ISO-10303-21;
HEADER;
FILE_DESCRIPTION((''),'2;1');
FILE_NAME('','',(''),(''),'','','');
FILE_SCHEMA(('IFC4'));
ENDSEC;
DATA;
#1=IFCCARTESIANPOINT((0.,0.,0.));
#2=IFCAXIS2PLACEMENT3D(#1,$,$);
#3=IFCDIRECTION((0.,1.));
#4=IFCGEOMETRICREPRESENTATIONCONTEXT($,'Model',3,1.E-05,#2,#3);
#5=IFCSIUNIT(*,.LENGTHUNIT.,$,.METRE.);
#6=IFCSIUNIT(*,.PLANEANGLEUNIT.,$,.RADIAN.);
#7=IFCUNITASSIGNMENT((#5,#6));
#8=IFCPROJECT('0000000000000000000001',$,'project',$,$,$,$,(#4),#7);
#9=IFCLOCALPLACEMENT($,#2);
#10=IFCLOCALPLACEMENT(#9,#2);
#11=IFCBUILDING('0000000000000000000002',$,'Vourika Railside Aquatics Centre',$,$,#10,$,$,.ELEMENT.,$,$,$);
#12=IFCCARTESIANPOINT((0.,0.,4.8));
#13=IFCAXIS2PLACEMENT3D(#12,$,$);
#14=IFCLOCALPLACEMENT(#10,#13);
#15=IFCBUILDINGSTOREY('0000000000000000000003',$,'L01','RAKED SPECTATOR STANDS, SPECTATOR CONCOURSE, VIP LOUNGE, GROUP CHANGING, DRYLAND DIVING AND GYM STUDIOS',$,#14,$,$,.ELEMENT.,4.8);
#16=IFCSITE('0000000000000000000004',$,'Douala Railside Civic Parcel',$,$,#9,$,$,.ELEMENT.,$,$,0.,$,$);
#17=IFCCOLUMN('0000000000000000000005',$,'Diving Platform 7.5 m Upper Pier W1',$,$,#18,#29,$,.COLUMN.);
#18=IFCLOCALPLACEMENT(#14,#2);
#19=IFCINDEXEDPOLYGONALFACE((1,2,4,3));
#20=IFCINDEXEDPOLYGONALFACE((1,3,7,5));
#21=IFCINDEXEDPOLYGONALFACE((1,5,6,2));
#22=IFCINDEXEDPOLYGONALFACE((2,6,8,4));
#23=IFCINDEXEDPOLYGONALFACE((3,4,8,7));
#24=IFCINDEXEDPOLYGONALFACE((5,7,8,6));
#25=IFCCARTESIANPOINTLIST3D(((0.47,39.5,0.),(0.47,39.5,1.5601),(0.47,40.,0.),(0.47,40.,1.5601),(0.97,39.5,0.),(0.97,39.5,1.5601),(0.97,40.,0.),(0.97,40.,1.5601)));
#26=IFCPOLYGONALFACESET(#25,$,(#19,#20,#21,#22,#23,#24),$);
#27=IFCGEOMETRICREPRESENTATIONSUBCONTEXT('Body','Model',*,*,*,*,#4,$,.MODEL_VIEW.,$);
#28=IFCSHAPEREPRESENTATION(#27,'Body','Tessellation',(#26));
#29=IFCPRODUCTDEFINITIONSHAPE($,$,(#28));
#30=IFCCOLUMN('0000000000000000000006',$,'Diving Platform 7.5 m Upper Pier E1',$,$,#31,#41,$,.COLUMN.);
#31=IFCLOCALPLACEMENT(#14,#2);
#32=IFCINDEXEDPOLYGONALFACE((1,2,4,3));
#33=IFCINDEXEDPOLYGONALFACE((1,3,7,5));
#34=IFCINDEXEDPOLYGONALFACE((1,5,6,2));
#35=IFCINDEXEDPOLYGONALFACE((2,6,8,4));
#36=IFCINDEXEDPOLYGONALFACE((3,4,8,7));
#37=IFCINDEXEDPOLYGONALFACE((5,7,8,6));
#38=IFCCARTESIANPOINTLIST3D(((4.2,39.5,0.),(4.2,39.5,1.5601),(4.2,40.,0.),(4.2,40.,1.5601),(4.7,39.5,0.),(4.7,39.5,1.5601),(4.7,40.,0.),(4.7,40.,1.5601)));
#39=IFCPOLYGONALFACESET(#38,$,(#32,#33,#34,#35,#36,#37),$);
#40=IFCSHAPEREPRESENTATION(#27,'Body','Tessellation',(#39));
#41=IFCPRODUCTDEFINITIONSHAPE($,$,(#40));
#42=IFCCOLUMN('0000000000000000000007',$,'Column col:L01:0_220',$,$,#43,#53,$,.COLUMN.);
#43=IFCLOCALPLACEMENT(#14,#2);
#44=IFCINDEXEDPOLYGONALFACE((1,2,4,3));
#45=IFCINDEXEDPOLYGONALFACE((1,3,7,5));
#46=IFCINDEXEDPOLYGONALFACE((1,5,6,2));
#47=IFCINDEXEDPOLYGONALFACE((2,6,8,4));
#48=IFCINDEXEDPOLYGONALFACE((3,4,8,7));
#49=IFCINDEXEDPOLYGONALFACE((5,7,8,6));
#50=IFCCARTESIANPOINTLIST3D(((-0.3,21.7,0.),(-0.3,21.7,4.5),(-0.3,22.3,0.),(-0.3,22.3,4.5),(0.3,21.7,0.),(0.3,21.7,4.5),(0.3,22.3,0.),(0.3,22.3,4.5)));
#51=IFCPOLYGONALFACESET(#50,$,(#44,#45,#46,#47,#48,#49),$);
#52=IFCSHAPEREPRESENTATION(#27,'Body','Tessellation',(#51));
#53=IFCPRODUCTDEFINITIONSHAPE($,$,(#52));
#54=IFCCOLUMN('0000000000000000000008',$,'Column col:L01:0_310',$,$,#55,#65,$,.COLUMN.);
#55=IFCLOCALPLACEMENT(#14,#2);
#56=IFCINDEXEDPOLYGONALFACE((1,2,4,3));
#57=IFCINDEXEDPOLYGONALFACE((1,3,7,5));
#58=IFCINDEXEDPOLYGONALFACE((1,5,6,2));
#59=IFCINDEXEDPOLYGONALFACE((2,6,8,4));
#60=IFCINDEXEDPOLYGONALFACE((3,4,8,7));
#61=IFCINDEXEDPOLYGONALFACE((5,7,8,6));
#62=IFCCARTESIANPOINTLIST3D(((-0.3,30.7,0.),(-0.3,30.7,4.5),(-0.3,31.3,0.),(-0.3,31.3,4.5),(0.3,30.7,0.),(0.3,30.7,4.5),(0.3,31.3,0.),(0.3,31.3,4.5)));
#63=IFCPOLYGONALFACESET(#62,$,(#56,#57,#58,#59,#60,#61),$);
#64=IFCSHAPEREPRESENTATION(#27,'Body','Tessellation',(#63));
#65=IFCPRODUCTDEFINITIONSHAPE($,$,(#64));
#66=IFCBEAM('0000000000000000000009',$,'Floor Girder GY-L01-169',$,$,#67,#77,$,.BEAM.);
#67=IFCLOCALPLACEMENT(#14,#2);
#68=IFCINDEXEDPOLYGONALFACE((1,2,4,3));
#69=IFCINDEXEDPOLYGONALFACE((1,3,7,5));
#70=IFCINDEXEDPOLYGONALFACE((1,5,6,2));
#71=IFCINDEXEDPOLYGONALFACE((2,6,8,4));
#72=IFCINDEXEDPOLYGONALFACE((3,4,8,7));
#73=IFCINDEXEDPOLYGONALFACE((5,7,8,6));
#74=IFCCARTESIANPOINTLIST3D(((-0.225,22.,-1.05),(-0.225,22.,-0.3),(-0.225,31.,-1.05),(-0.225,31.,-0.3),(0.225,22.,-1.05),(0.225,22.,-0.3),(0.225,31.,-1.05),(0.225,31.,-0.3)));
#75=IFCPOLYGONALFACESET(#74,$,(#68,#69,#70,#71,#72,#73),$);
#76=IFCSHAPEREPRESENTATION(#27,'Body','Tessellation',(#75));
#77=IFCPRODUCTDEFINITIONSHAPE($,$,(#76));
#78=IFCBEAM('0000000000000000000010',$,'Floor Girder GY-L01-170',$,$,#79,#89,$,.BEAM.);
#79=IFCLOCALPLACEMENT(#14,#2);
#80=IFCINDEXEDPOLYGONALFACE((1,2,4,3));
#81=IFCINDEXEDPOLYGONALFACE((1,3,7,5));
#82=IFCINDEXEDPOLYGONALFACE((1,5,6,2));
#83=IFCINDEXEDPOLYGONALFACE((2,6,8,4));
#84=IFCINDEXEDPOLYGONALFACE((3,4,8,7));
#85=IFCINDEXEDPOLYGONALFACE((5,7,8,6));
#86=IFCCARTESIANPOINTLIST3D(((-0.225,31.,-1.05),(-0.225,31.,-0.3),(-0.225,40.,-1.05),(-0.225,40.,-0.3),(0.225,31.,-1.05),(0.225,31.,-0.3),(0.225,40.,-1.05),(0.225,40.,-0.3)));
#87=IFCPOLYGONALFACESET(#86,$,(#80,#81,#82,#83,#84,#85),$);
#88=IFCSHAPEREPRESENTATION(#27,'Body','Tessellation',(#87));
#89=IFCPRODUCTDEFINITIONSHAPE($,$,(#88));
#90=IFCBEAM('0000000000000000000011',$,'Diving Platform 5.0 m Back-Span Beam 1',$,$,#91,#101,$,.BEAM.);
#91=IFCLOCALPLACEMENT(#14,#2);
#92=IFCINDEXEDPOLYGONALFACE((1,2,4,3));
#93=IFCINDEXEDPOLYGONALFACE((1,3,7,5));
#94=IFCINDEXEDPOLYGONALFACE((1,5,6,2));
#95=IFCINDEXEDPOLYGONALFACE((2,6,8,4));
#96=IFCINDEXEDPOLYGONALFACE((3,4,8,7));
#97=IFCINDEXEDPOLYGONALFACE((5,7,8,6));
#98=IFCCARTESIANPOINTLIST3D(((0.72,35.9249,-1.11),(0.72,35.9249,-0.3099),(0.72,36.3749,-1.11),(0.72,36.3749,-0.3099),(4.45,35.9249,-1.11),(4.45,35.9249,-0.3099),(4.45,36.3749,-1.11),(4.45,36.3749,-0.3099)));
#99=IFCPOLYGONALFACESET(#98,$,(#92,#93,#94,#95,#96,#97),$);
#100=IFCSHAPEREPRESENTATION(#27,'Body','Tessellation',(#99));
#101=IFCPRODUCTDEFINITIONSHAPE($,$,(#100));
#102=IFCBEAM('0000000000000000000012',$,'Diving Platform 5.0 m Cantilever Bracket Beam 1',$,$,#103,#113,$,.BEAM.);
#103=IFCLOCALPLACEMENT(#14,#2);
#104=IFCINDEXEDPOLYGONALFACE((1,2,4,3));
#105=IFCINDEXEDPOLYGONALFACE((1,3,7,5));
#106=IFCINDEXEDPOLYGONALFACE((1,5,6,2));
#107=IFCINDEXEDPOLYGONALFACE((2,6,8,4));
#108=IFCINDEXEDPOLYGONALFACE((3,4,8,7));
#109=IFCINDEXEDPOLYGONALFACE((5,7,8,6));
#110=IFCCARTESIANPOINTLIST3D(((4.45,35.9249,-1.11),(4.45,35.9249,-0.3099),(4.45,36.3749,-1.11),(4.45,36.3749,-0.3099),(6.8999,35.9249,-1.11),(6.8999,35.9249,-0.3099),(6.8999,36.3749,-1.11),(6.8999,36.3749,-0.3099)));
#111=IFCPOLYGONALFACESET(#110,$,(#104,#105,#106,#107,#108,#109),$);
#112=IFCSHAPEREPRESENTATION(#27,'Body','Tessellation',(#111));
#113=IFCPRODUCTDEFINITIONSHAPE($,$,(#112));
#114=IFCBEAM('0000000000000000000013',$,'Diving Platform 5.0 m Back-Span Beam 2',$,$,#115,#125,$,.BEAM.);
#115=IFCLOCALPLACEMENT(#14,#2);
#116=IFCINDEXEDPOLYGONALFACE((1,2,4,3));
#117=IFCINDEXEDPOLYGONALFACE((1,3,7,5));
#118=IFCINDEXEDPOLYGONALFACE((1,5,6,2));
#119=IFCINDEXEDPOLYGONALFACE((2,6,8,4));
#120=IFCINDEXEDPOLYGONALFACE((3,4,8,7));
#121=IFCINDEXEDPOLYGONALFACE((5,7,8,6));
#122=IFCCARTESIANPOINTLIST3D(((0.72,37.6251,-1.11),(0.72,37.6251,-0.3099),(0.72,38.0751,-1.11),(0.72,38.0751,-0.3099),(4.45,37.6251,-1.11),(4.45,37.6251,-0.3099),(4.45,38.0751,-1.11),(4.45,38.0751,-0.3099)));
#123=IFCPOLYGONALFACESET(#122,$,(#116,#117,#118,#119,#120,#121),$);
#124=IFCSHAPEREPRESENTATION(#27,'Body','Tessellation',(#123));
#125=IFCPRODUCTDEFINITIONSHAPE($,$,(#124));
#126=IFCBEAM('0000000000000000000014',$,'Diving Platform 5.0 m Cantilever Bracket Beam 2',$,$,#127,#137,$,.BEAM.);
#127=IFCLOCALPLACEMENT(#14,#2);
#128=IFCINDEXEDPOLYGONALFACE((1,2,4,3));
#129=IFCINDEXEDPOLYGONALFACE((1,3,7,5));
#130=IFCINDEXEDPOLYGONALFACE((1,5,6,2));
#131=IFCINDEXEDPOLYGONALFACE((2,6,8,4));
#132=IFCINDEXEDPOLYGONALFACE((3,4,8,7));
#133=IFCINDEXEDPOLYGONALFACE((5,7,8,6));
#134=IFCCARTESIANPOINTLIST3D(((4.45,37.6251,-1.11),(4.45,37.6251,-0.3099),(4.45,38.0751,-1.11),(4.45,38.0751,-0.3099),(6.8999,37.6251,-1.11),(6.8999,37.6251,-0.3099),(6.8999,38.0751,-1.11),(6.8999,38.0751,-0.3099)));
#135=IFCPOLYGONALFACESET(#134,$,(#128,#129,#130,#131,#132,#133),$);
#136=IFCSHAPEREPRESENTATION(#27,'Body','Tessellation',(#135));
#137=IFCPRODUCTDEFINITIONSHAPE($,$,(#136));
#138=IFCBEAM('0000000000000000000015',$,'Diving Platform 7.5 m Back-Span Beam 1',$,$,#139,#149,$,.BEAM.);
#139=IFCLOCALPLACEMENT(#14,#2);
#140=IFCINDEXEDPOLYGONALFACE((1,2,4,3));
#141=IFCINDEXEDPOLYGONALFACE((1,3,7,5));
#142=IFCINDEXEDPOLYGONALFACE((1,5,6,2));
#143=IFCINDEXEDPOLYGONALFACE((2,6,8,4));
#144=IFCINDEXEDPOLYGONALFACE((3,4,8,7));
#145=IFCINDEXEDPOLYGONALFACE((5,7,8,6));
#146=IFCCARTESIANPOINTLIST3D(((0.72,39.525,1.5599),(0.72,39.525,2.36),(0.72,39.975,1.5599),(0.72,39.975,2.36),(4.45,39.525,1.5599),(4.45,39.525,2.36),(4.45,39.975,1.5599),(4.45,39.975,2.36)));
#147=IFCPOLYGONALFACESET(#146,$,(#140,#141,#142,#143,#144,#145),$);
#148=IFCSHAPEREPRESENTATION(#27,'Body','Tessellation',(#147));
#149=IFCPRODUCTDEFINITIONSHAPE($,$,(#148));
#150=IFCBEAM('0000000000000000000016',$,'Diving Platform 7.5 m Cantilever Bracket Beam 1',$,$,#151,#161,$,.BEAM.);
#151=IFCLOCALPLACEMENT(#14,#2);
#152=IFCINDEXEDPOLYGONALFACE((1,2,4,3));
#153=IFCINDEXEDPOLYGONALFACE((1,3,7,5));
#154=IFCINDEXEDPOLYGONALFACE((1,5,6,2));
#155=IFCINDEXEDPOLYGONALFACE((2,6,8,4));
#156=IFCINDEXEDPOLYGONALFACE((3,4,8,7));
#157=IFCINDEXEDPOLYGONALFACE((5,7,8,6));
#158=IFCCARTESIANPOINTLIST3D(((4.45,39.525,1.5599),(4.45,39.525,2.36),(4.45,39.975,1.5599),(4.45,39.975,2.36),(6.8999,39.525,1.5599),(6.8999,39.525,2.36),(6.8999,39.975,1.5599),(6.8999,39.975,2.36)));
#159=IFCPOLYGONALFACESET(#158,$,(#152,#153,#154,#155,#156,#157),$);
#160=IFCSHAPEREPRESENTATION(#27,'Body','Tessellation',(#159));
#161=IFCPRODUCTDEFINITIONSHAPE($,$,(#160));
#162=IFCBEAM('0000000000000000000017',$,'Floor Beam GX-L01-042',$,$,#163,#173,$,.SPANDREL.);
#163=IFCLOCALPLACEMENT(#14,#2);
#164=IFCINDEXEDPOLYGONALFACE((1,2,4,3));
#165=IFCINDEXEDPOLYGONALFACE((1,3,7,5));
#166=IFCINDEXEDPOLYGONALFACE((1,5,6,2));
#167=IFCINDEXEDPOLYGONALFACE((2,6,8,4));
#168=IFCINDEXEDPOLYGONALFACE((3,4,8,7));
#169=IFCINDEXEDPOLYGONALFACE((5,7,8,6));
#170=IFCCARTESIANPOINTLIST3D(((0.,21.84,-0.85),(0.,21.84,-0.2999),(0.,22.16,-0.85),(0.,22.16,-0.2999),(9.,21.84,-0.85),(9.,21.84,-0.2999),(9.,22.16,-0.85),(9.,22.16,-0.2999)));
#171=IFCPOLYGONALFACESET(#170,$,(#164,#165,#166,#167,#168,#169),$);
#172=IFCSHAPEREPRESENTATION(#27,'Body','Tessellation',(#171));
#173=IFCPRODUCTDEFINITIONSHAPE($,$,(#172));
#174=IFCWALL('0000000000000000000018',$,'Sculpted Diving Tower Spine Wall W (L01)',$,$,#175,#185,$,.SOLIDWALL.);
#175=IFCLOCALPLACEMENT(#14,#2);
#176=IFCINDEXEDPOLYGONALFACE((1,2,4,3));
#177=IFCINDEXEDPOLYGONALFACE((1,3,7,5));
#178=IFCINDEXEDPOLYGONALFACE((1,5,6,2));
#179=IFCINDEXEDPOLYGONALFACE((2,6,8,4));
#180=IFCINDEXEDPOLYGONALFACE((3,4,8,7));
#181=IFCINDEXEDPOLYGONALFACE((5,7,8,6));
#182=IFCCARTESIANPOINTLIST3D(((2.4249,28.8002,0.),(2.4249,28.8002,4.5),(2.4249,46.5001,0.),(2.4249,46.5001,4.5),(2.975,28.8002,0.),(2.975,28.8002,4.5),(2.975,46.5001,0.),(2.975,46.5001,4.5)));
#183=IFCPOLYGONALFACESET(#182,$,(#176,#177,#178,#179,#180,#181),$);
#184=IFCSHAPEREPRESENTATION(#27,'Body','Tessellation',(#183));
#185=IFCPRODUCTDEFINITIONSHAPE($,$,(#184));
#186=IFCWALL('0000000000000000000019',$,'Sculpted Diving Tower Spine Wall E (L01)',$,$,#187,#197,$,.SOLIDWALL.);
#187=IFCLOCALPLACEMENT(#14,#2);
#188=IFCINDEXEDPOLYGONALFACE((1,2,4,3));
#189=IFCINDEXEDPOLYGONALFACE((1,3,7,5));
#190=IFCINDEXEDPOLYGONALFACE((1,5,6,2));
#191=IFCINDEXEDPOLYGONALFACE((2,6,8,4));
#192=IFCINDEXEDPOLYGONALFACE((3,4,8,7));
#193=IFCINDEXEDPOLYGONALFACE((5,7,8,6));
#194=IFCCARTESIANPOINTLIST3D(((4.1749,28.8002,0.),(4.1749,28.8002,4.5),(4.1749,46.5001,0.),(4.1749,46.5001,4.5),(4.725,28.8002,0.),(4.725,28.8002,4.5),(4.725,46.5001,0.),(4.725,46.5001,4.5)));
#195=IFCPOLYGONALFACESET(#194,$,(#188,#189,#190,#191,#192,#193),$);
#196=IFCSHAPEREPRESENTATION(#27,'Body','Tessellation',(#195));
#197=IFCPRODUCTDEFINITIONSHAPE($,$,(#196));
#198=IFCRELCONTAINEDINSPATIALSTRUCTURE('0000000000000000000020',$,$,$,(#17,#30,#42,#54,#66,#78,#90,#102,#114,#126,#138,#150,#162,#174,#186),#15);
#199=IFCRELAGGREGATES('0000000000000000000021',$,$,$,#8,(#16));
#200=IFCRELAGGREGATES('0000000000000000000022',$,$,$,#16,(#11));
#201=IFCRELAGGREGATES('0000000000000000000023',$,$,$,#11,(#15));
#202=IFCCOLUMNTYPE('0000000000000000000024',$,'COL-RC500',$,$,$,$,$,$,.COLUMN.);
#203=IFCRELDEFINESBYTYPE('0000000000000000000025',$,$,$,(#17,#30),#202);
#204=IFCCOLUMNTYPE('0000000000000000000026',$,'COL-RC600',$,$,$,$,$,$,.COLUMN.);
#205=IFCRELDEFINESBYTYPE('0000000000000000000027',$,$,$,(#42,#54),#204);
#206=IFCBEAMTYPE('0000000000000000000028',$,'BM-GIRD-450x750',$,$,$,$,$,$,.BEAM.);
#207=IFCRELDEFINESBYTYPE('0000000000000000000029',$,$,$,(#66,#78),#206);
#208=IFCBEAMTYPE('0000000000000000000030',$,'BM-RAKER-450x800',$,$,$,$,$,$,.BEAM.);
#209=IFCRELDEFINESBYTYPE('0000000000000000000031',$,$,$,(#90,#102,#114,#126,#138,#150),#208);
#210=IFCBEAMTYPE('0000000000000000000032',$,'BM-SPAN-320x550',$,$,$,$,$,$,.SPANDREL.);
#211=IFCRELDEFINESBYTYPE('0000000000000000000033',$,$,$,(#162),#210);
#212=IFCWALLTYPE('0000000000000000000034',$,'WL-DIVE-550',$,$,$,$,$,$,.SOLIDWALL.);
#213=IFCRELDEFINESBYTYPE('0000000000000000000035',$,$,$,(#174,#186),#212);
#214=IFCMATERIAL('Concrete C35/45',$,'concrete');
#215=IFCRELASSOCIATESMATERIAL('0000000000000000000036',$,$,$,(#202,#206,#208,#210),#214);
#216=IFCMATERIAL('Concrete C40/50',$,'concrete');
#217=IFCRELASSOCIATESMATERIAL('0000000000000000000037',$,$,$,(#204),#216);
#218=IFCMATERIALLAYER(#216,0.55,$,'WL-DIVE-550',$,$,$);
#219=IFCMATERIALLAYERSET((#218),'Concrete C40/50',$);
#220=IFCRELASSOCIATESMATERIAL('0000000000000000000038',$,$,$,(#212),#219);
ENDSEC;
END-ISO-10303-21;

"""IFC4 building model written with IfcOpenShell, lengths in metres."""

from ifc_helpers import new_model, si_unit, direction, frame, frame_2d, origin, origin_2d, place, context, subcontext, project, spatial, rectangle, extrude, material, layer, layer_set, material_profile, profile_set, type_object, element, save


model = new_model("IFC4")

# Units and contexts
model_context = context("Model", 3, precision=1e-05, world=origin(), true_north=direction((0.0, 1.0)))
body_context = subcontext(model_context, "Body", "Model", "MODEL_VIEW")
ifc_project = project(units=[si_unit("LENGTHUNIT", "METRE"), si_unit("PLANEANGLEUNIT", "RADIAN")], contexts=[model_context])

# Site, building, storey
site_placement = place(None, origin())
site = spatial("IfcSite", under=ifc_project, at=site_placement, Name="Douala Railside Civic Parcel", CompositionType="ELEMENT", RefElevation=0.0)
building_placement = place(site_placement, origin())
building = spatial("IfcBuilding", under=site, at=building_placement, Name="Vourika Railside Aquatics Centre", CompositionType="ELEMENT")
storey_placement = place(building_placement, frame((0.0, 0.0, 4.8)))
storey = spatial("IfcBuildingStorey", under=building, at=storey_placement, Name="L01", Description="RAKED SPECTATOR STANDS, SPECTATOR CONCOURSE, VIP LOUNGE, GROUP CHANGING, DRYLAND DIVING AND GYM STUDIOS", CompositionType="ELEMENT", Elevation=4.8)

# Columns
ifc_material_1 = material(Name="Concrete C35/45", Category="concrete")
ifc_material_profile_1 = material_profile(ifc_material_1, rectangle(XDim=0.5, YDim=0.5, at=origin_2d()), Name="RC 500x500")
ifc_profile_set_1 = profile_set([ifc_material_profile_1], Name="Concrete C35/45")
column_type_1 = type_object("IfcColumnType", Name="COL-RC500", PredefinedType="COLUMN", material=ifc_profile_set_1)
for number, where, z_axis, x_axis, name in (
    (1, (0.72, 39.75, 0.0), (0.0, 0.0, 1.0), (1.0, 0.0, 0.0), "Diving Platform 7.5 m Upper Pier W1"),
    (2, (4.45, 39.75, 0.0), (0.0, 0.0, 1.0), (1.0, 0.0, 0.0), "Diving Platform 7.5 m Upper Pier E1"),
):
    element("IfcColumn", number, at=place(storey_placement, frame(where, z_axis=z_axis, x_axis=x_axis)), inside=storey, type_object=column_type_1, Name=name, PredefinedType="COLUMN", context=body_context, shape_type="SweptSolid", body=[
        extrude(rectangle(XDim=0.5, YDim=0.5, at=origin_2d()), origin(), (0.0, 0.0, 1.0), 1.5601),
    ])
ifc_material_2 = material(Name="Concrete C40/50", Category="concrete")
ifc_material_profile_2 = material_profile(ifc_material_2, rectangle(XDim=0.6001, YDim=0.6001, at=origin_2d()), Name="RC 600x600")
ifc_profile_set_2 = profile_set([ifc_material_profile_2], Name="Concrete C40/50")
column_type_2 = type_object("IfcColumnType", Name="COL-RC600", PredefinedType="COLUMN", material=ifc_profile_set_2)
for number, where, z_axis, x_axis, name in (
    (3, (0.0, 22.0, 0.0), (0.0, 0.0, 1.0), (1.0, 0.0, 0.0), "Column col:L01:0_220"),
    (4, (0.0, 31.0, 0.0), (0.0, 0.0, 1.0), (1.0, 0.0, 0.0), "Column col:L01:0_310"),
):
    element("IfcColumn", number, at=place(storey_placement, frame(where, z_axis=z_axis, x_axis=x_axis)), inside=storey, type_object=column_type_2, Name=name, PredefinedType="COLUMN", context=body_context, shape_type="SweptSolid", body=[
        extrude(rectangle(XDim=0.6001, YDim=0.6001, at=origin_2d()), origin(), (0.0, 0.0, 1.0), 4.5),
    ])

# Beams
ifc_material_profile_3 = material_profile(ifc_material_1, rectangle(XDim=0.45, YDim=0.75, at=origin_2d()), Name="RC 450x750")
ifc_profile_set_3 = profile_set([ifc_material_profile_3], Name="Concrete C35/45")
beam_type_1 = type_object("IfcBeamType", Name="BM-GIRD-450x750", PredefinedType="BEAM", material=ifc_profile_set_3)
for number, where, z_axis, x_axis, name in (
    (5, (0.0, 22.0, -0.675), (0.0, 1.0, 0.0), (-1.0, 0.0, 0.0), "Floor Girder GY-L01-169"),
    (6, (0.0, 31.0, -0.675), (0.0, 1.0, 0.0), (-1.0, 0.0, 0.0), "Floor Girder GY-L01-170"),
):
    element("IfcBeam", number, at=place(storey_placement, frame(where, z_axis=z_axis, x_axis=x_axis)), inside=storey, type_object=beam_type_1, Name=name, PredefinedType="BEAM", context=body_context, shape_type="SweptSolid", body=[
        extrude(rectangle(XDim=0.45, YDim=0.75, at=origin_2d()), origin(), (0.0, 0.0, 1.0), 9.0),
    ])
ifc_material_profile_4 = material_profile(ifc_material_1, rectangle(XDim=0.45, YDim=0.8, at=origin_2d()), Name="RC 450x800")
ifc_profile_set_4 = profile_set([ifc_material_profile_4], Name="Concrete C35/45")
beam_type_2 = type_object("IfcBeamType", Name="BM-RAKER-450x800", PredefinedType="BEAM", material=ifc_profile_set_4)
beam_1_placement = place(storey_placement, frame((0.72, 36.1499, -0.71), z_axis=(1.0, 0.0, 0.0), x_axis=(0.0, 1.0, 0.0)))
element("IfcBeam", 7, at=beam_1_placement, inside=storey, type_object=beam_type_2, Name="Diving Platform 5.0 m Back-Span Beam 1", PredefinedType="BEAM", context=body_context, shape_type="SweptSolid", body=[
    extrude(rectangle(XDim=0.45, YDim=0.8, at=origin_2d()), origin(), (0.0, 0.0, 1.0), 3.73),
])
beam_2_placement = place(storey_placement, frame((4.45, 36.1499, -0.71), z_axis=(1.0, 0.0, 0.0), x_axis=(0.0, 1.0, 0.0)))
element("IfcBeam", 8, at=beam_2_placement, inside=storey, type_object=beam_type_2, Name="Diving Platform 5.0 m Cantilever Bracket Beam 1", PredefinedType="BEAM", context=body_context, shape_type="SweptSolid", body=[
    extrude(rectangle(XDim=0.45, YDim=0.8, at=origin_2d()), origin(), (0.0, 0.0, 1.0), 2.45),
])
beam_3_placement = place(storey_placement, frame((0.72, 37.8501, -0.71), z_axis=(1.0, 0.0, 0.0), x_axis=(0.0, 1.0, 0.0)))
element("IfcBeam", 9, at=beam_3_placement, inside=storey, type_object=beam_type_2, Name="Diving Platform 5.0 m Back-Span Beam 2", PredefinedType="BEAM", context=body_context, shape_type="SweptSolid", body=[
    extrude(rectangle(XDim=0.45, YDim=0.8, at=origin_2d()), origin(), (0.0, 0.0, 1.0), 3.73),
])
beam_4_placement = place(storey_placement, frame((4.45, 37.8501, -0.71), z_axis=(1.0, 0.0, 0.0), x_axis=(0.0, 1.0, 0.0)))
element("IfcBeam", 10, at=beam_4_placement, inside=storey, type_object=beam_type_2, Name="Diving Platform 5.0 m Cantilever Bracket Beam 2", PredefinedType="BEAM", context=body_context, shape_type="SweptSolid", body=[
    extrude(rectangle(XDim=0.45, YDim=0.8, at=origin_2d()), origin(), (0.0, 0.0, 1.0), 2.45),
])
beam_5_placement = place(storey_placement, frame((0.72, 39.75, 1.96), z_axis=(1.0, 0.0, 0.0), x_axis=(0.0, 1.0, 0.0)))
element("IfcBeam", 11, at=beam_5_placement, inside=storey, type_object=beam_type_2, Name="Diving Platform 7.5 m Back-Span Beam 1", PredefinedType="BEAM", context=body_context, shape_type="SweptSolid", body=[
    extrude(rectangle(XDim=0.45, YDim=0.8, at=origin_2d()), origin(), (0.0, 0.0, 1.0), 3.73),
])
beam_6_placement = place(storey_placement, frame((4.45, 39.75, 1.96), z_axis=(1.0, 0.0, 0.0), x_axis=(0.0, 1.0, 0.0)))
element("IfcBeam", 12, at=beam_6_placement, inside=storey, type_object=beam_type_2, Name="Diving Platform 7.5 m Cantilever Bracket Beam 1", PredefinedType="BEAM", context=body_context, shape_type="SweptSolid", body=[
    extrude(rectangle(XDim=0.45, YDim=0.8, at=origin_2d()), origin(), (0.0, 0.0, 1.0), 2.45),
])
ifc_material_profile_5 = material_profile(ifc_material_1, rectangle(XDim=0.3201, YDim=0.55, at=origin_2d()), Name="RC 320x550")
ifc_profile_set_5 = profile_set([ifc_material_profile_5], Name="Concrete C35/45")
beam_type_3 = type_object("IfcBeamType", Name="BM-SPAN-320x550", PredefinedType="SPANDREL", material=ifc_profile_set_5)
beam_7_placement = place(storey_placement, frame((0.0, 22.0, -0.575), z_axis=(1.0, 0.0, 0.0), x_axis=(0.0, 1.0, 0.0)))
element("IfcBeam", 13, at=beam_7_placement, inside=storey, type_object=beam_type_3, Name="Floor Beam GX-L01-042", PredefinedType="SPANDREL", context=body_context, shape_type="SweptSolid", body=[
    extrude(rectangle(XDim=0.3201, YDim=0.55, at=origin_2d()), origin(), (0.0, 0.0, 1.0), 9.0),
])

# Walls
ifc_layer_1 = layer(ifc_material_2, 0.55, Name="WL-DIVE-550")
ifc_layer_set_1 = layer_set([ifc_layer_1], Name="Concrete C40/50")
wall_type_1 = type_object("IfcWallType", Name="WL-DIVE-550", PredefinedType="SOLIDWALL", material=ifc_layer_set_1)
for number, where, z_axis, x_axis, name in (
    (14, (2.7, 28.8, 0.0), (0.0, 0.0, 1.0), (0.0, 1.0, 0.0), "Sculpted Diving Tower Spine Wall W (L01)"),
    (15, (4.45, 28.8, 0.0), (0.0, 0.0, 1.0), (0.0, 1.0, 0.0), "Sculpted Diving Tower Spine Wall E (L01)"),
):
    element("IfcWall", number, at=place(storey_placement, frame(where, z_axis=z_axis, x_axis=x_axis)), inside=storey, type_object=wall_type_1, Name=name, PredefinedType="SOLIDWALL", context=body_context, shape_type="SweptSolid", body=[
        extrude(rectangle(XDim=17.7, YDim=0.55, at=frame_2d((8.8501, 0.0))), origin(), (0.0, 0.0, 1.0), 4.5),
    ])

save(model, "model.ifc")
